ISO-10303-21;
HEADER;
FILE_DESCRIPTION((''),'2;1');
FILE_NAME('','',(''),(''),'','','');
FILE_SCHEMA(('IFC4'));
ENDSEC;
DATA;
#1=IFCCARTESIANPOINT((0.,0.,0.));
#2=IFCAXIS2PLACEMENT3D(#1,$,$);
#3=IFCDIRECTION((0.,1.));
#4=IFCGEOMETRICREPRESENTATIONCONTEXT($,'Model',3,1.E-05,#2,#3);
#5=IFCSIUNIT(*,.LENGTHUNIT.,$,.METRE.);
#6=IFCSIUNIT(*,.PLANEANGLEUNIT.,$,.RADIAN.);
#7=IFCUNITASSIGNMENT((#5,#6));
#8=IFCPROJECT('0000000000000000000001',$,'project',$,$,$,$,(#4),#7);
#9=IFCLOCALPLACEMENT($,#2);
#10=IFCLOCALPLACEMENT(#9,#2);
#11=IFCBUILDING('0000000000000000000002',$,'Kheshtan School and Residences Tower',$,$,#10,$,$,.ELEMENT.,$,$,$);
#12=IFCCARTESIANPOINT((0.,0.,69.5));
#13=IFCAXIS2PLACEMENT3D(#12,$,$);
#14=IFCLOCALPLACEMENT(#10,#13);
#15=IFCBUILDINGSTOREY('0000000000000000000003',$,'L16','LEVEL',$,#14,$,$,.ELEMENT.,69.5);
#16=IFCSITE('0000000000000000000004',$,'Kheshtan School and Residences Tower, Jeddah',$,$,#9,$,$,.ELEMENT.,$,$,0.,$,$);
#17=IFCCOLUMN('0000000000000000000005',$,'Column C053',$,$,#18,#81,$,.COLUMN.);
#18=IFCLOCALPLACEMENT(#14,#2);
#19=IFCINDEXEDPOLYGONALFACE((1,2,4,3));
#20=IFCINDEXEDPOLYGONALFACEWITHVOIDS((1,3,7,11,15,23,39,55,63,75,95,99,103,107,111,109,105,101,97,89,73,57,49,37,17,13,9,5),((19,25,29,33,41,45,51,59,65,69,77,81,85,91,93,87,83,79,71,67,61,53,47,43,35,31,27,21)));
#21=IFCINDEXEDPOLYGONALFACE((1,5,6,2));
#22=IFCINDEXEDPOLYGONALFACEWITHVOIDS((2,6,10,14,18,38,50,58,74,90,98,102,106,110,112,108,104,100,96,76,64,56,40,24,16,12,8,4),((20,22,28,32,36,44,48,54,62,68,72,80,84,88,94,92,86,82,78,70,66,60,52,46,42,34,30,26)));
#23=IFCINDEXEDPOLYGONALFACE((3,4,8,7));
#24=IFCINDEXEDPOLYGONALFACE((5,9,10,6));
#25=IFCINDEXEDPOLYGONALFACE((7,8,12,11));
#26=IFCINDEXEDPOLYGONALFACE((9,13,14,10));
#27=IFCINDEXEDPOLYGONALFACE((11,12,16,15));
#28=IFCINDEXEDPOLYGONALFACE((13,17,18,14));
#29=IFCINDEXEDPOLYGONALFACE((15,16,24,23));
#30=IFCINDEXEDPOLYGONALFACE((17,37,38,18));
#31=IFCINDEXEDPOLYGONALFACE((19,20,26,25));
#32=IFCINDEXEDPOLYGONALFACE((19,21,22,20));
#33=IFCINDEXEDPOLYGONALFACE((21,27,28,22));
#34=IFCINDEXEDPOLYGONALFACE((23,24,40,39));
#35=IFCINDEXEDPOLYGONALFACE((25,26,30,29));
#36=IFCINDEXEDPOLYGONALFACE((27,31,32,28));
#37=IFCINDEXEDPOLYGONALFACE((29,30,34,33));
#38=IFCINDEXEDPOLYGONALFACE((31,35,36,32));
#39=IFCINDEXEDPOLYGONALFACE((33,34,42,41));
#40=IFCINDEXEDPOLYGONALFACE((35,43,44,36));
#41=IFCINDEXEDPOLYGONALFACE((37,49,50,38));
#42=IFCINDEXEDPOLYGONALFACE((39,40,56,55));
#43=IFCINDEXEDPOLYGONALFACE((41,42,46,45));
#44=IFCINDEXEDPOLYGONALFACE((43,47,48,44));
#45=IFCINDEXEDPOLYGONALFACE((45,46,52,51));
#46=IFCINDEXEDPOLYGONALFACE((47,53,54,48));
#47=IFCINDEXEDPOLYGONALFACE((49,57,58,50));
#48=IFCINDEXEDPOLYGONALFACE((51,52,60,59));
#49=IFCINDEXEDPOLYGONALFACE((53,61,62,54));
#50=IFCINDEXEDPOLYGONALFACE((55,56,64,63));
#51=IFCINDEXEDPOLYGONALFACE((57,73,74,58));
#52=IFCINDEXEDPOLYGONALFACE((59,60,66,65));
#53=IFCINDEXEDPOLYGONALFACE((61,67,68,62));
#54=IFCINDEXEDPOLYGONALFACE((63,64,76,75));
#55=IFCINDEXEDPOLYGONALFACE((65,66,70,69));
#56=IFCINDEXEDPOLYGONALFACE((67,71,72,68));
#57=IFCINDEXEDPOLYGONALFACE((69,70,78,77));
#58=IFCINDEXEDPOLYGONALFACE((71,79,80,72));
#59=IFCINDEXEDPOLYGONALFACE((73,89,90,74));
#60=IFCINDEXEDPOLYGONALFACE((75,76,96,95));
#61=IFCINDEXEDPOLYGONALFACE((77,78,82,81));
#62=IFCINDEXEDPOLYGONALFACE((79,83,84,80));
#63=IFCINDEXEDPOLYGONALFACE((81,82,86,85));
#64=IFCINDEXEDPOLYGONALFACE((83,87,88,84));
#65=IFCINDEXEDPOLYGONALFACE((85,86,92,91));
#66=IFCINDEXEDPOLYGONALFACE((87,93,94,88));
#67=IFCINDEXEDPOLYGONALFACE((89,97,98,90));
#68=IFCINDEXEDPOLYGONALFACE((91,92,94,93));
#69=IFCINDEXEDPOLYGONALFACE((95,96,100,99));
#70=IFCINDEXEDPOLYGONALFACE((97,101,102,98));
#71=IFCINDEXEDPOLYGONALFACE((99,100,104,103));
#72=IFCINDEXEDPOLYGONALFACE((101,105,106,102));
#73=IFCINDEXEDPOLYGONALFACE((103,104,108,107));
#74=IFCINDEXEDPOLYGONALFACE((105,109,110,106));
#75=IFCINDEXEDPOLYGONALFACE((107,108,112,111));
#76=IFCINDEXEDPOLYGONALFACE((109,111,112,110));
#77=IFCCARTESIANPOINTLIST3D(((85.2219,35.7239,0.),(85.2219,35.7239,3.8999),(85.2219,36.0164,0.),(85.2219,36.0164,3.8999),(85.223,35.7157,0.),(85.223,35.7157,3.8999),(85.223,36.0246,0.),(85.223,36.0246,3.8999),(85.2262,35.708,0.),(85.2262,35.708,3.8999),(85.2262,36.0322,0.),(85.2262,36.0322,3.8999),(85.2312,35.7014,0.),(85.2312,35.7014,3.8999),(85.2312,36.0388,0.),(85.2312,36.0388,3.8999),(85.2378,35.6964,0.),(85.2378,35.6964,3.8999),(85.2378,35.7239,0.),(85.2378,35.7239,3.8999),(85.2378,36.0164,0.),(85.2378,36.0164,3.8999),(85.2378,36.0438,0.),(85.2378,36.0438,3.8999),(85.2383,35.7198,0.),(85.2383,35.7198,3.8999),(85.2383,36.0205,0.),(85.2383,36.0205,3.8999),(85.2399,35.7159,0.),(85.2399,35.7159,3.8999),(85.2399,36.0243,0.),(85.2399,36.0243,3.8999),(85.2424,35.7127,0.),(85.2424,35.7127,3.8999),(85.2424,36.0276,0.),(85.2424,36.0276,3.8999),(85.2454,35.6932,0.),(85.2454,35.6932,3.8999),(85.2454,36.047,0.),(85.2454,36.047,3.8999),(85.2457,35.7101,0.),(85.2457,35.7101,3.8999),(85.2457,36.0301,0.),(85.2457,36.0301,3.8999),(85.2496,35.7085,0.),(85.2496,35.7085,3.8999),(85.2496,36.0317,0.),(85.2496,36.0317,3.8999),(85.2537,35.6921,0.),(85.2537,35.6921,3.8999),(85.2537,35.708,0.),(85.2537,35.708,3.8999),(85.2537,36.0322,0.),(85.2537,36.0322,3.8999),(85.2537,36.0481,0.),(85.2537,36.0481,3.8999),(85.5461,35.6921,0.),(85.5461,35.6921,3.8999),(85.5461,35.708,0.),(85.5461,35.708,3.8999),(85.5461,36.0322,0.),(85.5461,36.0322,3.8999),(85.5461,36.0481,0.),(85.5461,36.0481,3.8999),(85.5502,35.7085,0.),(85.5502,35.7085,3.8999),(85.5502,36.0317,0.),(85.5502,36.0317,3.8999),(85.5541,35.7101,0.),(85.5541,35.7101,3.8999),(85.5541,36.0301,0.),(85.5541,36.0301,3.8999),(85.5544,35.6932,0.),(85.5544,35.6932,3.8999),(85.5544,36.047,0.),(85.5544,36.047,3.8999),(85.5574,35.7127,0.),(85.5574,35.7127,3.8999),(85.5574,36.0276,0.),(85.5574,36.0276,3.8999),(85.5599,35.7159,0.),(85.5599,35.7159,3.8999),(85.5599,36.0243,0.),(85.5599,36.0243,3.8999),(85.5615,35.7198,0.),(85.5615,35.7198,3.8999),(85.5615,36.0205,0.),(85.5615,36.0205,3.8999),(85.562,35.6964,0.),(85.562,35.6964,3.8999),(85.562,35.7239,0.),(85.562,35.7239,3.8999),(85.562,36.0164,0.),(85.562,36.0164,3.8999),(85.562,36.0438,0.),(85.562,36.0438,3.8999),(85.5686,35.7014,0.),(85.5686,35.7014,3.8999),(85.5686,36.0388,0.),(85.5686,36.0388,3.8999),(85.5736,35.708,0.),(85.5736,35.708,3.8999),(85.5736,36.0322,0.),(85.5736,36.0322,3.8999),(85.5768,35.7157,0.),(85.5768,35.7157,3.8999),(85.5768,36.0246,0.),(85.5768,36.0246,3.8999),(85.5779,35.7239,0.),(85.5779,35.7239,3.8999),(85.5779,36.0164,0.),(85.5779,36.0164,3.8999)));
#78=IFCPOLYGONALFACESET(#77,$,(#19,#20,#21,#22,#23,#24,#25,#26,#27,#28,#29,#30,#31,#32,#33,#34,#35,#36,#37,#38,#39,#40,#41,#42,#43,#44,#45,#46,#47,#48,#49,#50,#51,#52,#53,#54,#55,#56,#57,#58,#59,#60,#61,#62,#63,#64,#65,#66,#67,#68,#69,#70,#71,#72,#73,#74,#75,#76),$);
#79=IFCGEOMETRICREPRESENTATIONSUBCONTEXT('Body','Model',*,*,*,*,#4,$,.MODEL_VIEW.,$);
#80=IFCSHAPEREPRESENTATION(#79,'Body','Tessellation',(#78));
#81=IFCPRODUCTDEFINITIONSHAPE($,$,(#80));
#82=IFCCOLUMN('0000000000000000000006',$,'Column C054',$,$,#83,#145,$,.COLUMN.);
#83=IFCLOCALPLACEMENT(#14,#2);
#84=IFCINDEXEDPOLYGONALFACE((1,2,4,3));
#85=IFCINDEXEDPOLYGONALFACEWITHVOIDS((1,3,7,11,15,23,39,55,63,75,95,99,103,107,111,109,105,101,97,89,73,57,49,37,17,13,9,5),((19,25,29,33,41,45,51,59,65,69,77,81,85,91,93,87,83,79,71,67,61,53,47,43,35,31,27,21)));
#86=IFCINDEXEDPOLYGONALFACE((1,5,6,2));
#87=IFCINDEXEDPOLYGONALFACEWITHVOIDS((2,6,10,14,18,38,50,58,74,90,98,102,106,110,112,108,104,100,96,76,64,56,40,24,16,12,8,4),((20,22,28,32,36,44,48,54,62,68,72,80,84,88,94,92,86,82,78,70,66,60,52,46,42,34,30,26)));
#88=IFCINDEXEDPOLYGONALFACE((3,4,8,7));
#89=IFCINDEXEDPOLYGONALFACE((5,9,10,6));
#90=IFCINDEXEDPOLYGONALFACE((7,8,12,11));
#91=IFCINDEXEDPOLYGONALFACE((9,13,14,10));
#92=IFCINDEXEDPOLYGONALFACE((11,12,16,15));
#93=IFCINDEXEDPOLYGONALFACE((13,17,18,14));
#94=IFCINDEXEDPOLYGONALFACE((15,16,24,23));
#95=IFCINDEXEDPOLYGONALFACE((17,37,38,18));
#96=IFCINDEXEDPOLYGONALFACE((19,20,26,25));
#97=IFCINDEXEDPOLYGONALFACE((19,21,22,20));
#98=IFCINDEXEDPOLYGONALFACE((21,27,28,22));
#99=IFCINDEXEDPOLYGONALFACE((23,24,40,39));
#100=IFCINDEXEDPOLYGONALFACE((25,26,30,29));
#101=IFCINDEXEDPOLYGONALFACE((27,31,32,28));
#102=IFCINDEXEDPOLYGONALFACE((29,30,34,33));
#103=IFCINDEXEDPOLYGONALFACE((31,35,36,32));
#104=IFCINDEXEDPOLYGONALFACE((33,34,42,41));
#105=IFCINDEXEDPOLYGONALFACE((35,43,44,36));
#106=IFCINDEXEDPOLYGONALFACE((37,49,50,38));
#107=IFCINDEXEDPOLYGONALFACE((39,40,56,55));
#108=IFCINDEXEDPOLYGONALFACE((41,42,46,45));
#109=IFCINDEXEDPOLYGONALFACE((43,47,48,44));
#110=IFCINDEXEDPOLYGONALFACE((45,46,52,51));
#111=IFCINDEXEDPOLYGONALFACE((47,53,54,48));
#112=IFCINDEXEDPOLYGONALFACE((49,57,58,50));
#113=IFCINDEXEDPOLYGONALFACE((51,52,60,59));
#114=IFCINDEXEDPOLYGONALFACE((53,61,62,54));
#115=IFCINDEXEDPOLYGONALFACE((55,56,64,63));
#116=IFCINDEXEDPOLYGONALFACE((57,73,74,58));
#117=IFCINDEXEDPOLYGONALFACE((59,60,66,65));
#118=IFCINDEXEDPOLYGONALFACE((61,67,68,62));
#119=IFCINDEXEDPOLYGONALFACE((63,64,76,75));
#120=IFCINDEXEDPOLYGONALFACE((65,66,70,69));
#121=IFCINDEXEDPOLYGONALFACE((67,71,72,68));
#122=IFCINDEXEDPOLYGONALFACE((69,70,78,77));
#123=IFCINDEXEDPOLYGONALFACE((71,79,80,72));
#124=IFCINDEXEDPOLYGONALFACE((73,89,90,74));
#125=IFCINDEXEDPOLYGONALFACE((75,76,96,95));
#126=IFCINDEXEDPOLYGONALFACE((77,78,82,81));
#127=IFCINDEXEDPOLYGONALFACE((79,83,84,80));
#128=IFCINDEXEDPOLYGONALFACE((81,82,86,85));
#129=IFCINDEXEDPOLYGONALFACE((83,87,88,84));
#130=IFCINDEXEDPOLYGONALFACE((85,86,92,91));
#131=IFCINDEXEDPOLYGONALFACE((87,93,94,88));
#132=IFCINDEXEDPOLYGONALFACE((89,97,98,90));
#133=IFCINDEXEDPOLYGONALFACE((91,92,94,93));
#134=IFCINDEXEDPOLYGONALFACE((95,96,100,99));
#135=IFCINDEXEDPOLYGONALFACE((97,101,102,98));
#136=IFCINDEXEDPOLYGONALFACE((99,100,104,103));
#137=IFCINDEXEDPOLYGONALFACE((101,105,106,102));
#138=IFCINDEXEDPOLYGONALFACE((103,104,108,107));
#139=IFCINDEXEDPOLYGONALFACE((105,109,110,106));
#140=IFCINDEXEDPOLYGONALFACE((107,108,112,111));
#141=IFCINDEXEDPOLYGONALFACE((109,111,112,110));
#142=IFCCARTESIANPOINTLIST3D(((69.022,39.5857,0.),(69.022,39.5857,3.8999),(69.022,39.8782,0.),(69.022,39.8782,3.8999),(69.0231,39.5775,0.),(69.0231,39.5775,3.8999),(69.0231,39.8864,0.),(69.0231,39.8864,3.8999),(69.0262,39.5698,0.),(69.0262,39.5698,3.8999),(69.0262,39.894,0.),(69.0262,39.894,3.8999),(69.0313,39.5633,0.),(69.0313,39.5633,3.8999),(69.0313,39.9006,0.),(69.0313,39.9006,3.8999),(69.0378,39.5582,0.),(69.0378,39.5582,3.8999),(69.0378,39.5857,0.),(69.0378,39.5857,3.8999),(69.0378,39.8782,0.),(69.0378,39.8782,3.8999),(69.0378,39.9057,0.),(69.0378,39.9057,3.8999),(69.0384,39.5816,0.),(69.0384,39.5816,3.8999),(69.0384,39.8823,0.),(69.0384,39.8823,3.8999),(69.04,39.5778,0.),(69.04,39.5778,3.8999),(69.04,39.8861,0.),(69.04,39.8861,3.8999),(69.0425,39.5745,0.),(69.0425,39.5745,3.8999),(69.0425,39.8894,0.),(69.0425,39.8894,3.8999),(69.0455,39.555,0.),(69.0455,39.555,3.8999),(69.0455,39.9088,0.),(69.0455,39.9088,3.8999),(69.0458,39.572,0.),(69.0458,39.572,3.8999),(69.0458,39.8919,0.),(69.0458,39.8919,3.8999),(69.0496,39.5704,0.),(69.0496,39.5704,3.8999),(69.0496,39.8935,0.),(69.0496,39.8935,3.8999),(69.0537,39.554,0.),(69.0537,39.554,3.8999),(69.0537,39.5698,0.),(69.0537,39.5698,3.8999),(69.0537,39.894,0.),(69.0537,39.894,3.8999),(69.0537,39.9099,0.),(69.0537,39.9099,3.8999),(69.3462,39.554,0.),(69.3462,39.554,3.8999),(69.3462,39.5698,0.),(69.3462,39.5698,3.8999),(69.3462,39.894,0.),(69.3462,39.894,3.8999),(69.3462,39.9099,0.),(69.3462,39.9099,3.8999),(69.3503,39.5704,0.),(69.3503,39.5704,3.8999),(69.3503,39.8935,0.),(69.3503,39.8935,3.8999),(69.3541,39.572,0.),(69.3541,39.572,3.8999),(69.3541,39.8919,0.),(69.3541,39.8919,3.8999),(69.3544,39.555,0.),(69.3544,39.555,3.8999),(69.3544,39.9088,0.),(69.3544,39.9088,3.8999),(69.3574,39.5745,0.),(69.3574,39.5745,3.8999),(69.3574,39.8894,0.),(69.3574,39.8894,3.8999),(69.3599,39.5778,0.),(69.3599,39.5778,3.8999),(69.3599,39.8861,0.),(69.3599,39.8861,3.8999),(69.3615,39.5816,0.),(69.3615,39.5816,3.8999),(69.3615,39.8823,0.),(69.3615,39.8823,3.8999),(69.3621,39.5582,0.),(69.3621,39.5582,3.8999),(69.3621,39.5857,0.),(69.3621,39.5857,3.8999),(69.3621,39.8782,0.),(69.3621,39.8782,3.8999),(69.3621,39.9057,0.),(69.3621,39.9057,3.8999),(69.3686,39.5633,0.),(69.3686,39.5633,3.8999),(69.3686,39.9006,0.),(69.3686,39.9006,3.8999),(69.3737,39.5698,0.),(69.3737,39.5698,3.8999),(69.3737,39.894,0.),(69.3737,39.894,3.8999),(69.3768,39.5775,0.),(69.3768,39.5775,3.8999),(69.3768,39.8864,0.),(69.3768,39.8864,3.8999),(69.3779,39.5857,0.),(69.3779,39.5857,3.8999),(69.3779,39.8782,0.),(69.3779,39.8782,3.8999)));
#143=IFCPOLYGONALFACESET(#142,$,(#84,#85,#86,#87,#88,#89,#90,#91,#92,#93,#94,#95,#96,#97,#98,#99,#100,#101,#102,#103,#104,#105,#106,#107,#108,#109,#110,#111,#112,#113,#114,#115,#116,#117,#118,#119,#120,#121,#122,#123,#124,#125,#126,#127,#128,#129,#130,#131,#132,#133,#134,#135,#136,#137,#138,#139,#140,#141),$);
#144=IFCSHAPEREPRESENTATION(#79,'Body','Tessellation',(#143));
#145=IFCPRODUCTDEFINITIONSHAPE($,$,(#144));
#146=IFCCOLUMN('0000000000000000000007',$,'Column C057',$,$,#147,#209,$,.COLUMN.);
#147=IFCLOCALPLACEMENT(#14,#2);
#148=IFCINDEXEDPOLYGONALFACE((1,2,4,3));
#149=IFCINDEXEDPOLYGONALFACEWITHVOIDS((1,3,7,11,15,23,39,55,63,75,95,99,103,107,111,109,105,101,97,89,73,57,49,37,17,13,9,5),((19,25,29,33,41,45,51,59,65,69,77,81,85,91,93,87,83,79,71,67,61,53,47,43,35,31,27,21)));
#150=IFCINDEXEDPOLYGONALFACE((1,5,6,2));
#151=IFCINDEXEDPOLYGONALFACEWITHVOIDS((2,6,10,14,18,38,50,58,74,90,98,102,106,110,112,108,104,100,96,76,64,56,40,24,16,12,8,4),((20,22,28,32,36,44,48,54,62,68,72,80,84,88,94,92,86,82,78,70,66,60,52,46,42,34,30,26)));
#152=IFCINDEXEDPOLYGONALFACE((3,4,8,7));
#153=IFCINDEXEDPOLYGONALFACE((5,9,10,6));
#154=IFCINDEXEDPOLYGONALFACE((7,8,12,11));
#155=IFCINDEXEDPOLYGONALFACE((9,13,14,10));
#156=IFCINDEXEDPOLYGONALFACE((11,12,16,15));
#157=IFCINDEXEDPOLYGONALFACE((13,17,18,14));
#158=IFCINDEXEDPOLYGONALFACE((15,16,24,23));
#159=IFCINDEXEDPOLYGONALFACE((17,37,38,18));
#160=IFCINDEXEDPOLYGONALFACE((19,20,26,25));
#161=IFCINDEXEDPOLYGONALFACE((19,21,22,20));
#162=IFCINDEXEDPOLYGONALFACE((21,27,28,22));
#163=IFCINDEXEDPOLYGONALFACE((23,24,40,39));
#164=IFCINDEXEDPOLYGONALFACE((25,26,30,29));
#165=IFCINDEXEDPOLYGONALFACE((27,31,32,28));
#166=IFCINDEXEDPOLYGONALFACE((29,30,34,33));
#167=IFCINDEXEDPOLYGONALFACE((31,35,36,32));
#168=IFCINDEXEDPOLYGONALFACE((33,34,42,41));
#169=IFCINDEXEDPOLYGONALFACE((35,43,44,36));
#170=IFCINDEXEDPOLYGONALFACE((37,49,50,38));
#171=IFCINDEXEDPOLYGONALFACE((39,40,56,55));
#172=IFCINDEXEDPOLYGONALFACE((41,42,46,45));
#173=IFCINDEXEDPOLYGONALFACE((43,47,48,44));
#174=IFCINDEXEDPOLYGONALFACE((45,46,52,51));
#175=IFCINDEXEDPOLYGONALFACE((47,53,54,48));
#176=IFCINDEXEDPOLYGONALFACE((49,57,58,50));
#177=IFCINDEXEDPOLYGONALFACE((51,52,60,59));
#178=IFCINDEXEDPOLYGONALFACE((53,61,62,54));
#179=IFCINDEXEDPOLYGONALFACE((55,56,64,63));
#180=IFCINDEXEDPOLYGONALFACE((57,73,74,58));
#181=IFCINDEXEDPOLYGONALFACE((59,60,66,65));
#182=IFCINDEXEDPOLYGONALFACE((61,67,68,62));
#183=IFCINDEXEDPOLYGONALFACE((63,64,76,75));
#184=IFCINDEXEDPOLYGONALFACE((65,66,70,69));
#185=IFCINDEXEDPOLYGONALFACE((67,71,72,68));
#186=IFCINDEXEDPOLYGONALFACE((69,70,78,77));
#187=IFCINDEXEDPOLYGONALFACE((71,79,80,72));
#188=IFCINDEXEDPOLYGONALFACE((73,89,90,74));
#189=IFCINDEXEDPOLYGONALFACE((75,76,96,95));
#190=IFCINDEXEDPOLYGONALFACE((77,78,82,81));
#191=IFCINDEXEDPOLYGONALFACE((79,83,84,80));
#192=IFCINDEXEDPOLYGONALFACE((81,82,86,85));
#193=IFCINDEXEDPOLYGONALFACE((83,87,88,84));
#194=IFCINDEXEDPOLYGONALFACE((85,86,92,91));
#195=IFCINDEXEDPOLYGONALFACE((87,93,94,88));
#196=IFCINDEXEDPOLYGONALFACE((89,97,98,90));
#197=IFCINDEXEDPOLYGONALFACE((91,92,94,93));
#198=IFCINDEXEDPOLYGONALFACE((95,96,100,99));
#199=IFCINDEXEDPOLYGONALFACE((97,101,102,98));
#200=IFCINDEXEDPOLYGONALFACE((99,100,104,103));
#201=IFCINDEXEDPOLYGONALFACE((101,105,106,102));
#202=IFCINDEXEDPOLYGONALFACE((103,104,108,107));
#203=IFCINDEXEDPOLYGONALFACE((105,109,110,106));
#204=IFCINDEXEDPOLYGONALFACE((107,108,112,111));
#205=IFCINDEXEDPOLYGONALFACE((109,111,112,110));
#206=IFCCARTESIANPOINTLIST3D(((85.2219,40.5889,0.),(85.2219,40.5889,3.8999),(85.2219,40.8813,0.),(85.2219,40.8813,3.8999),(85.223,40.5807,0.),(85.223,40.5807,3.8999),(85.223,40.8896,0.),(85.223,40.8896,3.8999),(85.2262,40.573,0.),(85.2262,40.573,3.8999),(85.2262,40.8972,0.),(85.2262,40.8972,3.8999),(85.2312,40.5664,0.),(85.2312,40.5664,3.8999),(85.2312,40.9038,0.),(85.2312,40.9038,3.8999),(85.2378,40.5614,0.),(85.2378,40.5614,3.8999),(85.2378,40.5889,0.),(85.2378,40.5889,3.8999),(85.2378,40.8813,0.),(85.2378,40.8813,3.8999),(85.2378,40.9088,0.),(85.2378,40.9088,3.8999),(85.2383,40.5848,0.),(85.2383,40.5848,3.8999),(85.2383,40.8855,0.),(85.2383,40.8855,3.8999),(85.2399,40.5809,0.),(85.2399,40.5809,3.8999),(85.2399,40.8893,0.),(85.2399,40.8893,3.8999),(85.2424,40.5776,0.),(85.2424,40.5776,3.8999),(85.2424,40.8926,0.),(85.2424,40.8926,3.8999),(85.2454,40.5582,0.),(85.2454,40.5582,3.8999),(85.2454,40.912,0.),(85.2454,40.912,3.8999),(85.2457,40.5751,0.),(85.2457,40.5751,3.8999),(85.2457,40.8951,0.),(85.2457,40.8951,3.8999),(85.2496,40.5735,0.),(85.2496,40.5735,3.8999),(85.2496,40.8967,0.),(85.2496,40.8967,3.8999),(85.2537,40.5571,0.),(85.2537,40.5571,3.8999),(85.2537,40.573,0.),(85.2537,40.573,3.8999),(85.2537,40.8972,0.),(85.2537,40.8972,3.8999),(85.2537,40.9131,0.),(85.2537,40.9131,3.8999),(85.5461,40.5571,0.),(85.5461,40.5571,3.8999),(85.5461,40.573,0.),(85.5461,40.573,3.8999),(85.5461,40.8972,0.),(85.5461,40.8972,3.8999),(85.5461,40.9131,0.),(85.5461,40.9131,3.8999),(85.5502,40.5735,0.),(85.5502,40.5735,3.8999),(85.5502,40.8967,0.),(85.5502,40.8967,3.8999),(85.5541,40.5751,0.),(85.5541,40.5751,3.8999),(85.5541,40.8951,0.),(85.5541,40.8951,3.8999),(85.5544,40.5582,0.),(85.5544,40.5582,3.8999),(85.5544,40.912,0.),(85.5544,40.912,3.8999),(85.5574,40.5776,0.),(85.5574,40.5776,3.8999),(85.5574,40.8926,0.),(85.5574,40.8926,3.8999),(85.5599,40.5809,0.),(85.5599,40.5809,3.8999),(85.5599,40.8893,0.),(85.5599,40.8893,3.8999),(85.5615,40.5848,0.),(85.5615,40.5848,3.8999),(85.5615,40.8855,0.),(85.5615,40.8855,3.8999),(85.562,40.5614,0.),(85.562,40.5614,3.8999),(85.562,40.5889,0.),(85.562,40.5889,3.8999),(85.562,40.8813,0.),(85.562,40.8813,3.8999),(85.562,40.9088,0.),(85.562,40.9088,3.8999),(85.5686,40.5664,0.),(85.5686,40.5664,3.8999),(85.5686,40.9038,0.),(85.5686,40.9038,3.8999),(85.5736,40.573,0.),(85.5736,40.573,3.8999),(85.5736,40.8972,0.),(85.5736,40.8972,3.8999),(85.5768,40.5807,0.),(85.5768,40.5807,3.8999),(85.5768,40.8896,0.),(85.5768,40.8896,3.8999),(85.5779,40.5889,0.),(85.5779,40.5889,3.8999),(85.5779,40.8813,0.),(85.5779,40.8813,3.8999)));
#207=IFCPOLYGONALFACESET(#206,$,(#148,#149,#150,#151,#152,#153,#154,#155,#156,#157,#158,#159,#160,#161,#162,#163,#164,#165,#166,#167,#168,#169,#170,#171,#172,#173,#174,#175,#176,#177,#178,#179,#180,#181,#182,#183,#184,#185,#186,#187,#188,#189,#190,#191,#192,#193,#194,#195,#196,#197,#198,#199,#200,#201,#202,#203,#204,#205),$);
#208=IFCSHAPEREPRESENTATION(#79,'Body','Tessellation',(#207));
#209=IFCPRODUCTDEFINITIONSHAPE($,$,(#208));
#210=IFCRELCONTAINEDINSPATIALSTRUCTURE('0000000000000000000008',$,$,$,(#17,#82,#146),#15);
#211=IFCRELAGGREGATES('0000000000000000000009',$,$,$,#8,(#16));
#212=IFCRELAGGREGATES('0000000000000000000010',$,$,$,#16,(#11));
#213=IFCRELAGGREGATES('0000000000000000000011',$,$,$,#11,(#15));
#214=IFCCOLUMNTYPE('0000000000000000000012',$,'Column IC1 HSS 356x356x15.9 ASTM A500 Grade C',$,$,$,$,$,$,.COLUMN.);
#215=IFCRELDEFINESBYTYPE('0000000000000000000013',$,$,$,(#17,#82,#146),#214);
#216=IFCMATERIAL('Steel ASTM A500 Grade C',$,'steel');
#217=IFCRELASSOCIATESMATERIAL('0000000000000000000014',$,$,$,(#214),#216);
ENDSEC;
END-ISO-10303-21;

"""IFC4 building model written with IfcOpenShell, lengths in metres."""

from ifc_helpers import new_model, si_unit, direction, frame, origin, origin_2d, place, context, subcontext, project, spatial, hollow_rectangle, extrude, material, material_profile, profile_set, type_object, element, save


model = new_model("IFC4")

# Units and contexts
model_context = context("Model", 3, precision=1e-05, world=origin(), true_north=direction((0.0, 1.0)))
body_context = subcontext(model_context, "Body", "Model", "MODEL_VIEW")
ifc_project = project(units=[si_unit("LENGTHUNIT", "METRE"), si_unit("PLANEANGLEUNIT", "RADIAN")], contexts=[model_context])

# Site, building, storey
site_placement = place(None, origin())
site = spatial("IfcSite", under=ifc_project, at=site_placement, Name="Kheshtan School and Residences Tower, Jeddah", CompositionType="ELEMENT", RefElevation=0.0)
building_placement = place(site_placement, origin())
building = spatial("IfcBuilding", under=site, at=building_placement, Name="Kheshtan School and Residences Tower", CompositionType="ELEMENT")
storey_placement = place(building_placement, frame((0.0, 0.0, 69.5)))
storey = spatial("IfcBuildingStorey", under=building, at=storey_placement, Name="L16", Description="LEVEL", CompositionType="ELEMENT", Elevation=69.5)

# Columns
ifc_material_1 = material(Name="Steel ASTM A500 Grade C", Category="steel")
ifc_material_profile_1 = material_profile(ifc_material_1, hollow_rectangle(XDim=0.356, YDim=0.356, WallThickness=0.0159, InnerFilletRadius=0.0159, OuterFilletRadius=0.0317, at=origin_2d()), Name="HSS 356x356x15.9")
ifc_profile_set_1 = profile_set([ifc_material_profile_1], Name="Steel ASTM A500 Grade C")
column_type = type_object("IfcColumnType", Name="Column IC1 HSS 356x356x15.9 ASTM A500 Grade C", PredefinedType="COLUMN", material=ifc_profile_set_1)
for number, where, z_axis, x_axis, name in (
    (1, (85.3999, 35.8701, 0.0), (0.0, 0.0, 1.0), (1.0, 0.0, 0.0), "Column C053"),
    (2, (69.2, 39.7319, 0.0), (0.0, 0.0, 1.0), (1.0, 0.0, 0.0), "Column C054"),
    (3, (85.3999, 40.7351, 0.0), (0.0, 0.0, 1.0), (1.0, 0.0, 0.0), "Column C057"),
):
    element("IfcColumn", number, at=place(storey_placement, frame(where, z_axis=z_axis, x_axis=x_axis)), inside=storey, type_object=column_type, Name=name, PredefinedType="COLUMN", context=body_context, shape_type="SweptSolid", body=[
        extrude(hollow_rectangle(XDim=0.356, YDim=0.356, WallThickness=0.0159, InnerFilletRadius=0.0159, OuterFilletRadius=0.0317, at=origin_2d()), origin(), (0.0, 0.0, 1.0), 3.8999),
    ])

save(model, "model.ifc")
